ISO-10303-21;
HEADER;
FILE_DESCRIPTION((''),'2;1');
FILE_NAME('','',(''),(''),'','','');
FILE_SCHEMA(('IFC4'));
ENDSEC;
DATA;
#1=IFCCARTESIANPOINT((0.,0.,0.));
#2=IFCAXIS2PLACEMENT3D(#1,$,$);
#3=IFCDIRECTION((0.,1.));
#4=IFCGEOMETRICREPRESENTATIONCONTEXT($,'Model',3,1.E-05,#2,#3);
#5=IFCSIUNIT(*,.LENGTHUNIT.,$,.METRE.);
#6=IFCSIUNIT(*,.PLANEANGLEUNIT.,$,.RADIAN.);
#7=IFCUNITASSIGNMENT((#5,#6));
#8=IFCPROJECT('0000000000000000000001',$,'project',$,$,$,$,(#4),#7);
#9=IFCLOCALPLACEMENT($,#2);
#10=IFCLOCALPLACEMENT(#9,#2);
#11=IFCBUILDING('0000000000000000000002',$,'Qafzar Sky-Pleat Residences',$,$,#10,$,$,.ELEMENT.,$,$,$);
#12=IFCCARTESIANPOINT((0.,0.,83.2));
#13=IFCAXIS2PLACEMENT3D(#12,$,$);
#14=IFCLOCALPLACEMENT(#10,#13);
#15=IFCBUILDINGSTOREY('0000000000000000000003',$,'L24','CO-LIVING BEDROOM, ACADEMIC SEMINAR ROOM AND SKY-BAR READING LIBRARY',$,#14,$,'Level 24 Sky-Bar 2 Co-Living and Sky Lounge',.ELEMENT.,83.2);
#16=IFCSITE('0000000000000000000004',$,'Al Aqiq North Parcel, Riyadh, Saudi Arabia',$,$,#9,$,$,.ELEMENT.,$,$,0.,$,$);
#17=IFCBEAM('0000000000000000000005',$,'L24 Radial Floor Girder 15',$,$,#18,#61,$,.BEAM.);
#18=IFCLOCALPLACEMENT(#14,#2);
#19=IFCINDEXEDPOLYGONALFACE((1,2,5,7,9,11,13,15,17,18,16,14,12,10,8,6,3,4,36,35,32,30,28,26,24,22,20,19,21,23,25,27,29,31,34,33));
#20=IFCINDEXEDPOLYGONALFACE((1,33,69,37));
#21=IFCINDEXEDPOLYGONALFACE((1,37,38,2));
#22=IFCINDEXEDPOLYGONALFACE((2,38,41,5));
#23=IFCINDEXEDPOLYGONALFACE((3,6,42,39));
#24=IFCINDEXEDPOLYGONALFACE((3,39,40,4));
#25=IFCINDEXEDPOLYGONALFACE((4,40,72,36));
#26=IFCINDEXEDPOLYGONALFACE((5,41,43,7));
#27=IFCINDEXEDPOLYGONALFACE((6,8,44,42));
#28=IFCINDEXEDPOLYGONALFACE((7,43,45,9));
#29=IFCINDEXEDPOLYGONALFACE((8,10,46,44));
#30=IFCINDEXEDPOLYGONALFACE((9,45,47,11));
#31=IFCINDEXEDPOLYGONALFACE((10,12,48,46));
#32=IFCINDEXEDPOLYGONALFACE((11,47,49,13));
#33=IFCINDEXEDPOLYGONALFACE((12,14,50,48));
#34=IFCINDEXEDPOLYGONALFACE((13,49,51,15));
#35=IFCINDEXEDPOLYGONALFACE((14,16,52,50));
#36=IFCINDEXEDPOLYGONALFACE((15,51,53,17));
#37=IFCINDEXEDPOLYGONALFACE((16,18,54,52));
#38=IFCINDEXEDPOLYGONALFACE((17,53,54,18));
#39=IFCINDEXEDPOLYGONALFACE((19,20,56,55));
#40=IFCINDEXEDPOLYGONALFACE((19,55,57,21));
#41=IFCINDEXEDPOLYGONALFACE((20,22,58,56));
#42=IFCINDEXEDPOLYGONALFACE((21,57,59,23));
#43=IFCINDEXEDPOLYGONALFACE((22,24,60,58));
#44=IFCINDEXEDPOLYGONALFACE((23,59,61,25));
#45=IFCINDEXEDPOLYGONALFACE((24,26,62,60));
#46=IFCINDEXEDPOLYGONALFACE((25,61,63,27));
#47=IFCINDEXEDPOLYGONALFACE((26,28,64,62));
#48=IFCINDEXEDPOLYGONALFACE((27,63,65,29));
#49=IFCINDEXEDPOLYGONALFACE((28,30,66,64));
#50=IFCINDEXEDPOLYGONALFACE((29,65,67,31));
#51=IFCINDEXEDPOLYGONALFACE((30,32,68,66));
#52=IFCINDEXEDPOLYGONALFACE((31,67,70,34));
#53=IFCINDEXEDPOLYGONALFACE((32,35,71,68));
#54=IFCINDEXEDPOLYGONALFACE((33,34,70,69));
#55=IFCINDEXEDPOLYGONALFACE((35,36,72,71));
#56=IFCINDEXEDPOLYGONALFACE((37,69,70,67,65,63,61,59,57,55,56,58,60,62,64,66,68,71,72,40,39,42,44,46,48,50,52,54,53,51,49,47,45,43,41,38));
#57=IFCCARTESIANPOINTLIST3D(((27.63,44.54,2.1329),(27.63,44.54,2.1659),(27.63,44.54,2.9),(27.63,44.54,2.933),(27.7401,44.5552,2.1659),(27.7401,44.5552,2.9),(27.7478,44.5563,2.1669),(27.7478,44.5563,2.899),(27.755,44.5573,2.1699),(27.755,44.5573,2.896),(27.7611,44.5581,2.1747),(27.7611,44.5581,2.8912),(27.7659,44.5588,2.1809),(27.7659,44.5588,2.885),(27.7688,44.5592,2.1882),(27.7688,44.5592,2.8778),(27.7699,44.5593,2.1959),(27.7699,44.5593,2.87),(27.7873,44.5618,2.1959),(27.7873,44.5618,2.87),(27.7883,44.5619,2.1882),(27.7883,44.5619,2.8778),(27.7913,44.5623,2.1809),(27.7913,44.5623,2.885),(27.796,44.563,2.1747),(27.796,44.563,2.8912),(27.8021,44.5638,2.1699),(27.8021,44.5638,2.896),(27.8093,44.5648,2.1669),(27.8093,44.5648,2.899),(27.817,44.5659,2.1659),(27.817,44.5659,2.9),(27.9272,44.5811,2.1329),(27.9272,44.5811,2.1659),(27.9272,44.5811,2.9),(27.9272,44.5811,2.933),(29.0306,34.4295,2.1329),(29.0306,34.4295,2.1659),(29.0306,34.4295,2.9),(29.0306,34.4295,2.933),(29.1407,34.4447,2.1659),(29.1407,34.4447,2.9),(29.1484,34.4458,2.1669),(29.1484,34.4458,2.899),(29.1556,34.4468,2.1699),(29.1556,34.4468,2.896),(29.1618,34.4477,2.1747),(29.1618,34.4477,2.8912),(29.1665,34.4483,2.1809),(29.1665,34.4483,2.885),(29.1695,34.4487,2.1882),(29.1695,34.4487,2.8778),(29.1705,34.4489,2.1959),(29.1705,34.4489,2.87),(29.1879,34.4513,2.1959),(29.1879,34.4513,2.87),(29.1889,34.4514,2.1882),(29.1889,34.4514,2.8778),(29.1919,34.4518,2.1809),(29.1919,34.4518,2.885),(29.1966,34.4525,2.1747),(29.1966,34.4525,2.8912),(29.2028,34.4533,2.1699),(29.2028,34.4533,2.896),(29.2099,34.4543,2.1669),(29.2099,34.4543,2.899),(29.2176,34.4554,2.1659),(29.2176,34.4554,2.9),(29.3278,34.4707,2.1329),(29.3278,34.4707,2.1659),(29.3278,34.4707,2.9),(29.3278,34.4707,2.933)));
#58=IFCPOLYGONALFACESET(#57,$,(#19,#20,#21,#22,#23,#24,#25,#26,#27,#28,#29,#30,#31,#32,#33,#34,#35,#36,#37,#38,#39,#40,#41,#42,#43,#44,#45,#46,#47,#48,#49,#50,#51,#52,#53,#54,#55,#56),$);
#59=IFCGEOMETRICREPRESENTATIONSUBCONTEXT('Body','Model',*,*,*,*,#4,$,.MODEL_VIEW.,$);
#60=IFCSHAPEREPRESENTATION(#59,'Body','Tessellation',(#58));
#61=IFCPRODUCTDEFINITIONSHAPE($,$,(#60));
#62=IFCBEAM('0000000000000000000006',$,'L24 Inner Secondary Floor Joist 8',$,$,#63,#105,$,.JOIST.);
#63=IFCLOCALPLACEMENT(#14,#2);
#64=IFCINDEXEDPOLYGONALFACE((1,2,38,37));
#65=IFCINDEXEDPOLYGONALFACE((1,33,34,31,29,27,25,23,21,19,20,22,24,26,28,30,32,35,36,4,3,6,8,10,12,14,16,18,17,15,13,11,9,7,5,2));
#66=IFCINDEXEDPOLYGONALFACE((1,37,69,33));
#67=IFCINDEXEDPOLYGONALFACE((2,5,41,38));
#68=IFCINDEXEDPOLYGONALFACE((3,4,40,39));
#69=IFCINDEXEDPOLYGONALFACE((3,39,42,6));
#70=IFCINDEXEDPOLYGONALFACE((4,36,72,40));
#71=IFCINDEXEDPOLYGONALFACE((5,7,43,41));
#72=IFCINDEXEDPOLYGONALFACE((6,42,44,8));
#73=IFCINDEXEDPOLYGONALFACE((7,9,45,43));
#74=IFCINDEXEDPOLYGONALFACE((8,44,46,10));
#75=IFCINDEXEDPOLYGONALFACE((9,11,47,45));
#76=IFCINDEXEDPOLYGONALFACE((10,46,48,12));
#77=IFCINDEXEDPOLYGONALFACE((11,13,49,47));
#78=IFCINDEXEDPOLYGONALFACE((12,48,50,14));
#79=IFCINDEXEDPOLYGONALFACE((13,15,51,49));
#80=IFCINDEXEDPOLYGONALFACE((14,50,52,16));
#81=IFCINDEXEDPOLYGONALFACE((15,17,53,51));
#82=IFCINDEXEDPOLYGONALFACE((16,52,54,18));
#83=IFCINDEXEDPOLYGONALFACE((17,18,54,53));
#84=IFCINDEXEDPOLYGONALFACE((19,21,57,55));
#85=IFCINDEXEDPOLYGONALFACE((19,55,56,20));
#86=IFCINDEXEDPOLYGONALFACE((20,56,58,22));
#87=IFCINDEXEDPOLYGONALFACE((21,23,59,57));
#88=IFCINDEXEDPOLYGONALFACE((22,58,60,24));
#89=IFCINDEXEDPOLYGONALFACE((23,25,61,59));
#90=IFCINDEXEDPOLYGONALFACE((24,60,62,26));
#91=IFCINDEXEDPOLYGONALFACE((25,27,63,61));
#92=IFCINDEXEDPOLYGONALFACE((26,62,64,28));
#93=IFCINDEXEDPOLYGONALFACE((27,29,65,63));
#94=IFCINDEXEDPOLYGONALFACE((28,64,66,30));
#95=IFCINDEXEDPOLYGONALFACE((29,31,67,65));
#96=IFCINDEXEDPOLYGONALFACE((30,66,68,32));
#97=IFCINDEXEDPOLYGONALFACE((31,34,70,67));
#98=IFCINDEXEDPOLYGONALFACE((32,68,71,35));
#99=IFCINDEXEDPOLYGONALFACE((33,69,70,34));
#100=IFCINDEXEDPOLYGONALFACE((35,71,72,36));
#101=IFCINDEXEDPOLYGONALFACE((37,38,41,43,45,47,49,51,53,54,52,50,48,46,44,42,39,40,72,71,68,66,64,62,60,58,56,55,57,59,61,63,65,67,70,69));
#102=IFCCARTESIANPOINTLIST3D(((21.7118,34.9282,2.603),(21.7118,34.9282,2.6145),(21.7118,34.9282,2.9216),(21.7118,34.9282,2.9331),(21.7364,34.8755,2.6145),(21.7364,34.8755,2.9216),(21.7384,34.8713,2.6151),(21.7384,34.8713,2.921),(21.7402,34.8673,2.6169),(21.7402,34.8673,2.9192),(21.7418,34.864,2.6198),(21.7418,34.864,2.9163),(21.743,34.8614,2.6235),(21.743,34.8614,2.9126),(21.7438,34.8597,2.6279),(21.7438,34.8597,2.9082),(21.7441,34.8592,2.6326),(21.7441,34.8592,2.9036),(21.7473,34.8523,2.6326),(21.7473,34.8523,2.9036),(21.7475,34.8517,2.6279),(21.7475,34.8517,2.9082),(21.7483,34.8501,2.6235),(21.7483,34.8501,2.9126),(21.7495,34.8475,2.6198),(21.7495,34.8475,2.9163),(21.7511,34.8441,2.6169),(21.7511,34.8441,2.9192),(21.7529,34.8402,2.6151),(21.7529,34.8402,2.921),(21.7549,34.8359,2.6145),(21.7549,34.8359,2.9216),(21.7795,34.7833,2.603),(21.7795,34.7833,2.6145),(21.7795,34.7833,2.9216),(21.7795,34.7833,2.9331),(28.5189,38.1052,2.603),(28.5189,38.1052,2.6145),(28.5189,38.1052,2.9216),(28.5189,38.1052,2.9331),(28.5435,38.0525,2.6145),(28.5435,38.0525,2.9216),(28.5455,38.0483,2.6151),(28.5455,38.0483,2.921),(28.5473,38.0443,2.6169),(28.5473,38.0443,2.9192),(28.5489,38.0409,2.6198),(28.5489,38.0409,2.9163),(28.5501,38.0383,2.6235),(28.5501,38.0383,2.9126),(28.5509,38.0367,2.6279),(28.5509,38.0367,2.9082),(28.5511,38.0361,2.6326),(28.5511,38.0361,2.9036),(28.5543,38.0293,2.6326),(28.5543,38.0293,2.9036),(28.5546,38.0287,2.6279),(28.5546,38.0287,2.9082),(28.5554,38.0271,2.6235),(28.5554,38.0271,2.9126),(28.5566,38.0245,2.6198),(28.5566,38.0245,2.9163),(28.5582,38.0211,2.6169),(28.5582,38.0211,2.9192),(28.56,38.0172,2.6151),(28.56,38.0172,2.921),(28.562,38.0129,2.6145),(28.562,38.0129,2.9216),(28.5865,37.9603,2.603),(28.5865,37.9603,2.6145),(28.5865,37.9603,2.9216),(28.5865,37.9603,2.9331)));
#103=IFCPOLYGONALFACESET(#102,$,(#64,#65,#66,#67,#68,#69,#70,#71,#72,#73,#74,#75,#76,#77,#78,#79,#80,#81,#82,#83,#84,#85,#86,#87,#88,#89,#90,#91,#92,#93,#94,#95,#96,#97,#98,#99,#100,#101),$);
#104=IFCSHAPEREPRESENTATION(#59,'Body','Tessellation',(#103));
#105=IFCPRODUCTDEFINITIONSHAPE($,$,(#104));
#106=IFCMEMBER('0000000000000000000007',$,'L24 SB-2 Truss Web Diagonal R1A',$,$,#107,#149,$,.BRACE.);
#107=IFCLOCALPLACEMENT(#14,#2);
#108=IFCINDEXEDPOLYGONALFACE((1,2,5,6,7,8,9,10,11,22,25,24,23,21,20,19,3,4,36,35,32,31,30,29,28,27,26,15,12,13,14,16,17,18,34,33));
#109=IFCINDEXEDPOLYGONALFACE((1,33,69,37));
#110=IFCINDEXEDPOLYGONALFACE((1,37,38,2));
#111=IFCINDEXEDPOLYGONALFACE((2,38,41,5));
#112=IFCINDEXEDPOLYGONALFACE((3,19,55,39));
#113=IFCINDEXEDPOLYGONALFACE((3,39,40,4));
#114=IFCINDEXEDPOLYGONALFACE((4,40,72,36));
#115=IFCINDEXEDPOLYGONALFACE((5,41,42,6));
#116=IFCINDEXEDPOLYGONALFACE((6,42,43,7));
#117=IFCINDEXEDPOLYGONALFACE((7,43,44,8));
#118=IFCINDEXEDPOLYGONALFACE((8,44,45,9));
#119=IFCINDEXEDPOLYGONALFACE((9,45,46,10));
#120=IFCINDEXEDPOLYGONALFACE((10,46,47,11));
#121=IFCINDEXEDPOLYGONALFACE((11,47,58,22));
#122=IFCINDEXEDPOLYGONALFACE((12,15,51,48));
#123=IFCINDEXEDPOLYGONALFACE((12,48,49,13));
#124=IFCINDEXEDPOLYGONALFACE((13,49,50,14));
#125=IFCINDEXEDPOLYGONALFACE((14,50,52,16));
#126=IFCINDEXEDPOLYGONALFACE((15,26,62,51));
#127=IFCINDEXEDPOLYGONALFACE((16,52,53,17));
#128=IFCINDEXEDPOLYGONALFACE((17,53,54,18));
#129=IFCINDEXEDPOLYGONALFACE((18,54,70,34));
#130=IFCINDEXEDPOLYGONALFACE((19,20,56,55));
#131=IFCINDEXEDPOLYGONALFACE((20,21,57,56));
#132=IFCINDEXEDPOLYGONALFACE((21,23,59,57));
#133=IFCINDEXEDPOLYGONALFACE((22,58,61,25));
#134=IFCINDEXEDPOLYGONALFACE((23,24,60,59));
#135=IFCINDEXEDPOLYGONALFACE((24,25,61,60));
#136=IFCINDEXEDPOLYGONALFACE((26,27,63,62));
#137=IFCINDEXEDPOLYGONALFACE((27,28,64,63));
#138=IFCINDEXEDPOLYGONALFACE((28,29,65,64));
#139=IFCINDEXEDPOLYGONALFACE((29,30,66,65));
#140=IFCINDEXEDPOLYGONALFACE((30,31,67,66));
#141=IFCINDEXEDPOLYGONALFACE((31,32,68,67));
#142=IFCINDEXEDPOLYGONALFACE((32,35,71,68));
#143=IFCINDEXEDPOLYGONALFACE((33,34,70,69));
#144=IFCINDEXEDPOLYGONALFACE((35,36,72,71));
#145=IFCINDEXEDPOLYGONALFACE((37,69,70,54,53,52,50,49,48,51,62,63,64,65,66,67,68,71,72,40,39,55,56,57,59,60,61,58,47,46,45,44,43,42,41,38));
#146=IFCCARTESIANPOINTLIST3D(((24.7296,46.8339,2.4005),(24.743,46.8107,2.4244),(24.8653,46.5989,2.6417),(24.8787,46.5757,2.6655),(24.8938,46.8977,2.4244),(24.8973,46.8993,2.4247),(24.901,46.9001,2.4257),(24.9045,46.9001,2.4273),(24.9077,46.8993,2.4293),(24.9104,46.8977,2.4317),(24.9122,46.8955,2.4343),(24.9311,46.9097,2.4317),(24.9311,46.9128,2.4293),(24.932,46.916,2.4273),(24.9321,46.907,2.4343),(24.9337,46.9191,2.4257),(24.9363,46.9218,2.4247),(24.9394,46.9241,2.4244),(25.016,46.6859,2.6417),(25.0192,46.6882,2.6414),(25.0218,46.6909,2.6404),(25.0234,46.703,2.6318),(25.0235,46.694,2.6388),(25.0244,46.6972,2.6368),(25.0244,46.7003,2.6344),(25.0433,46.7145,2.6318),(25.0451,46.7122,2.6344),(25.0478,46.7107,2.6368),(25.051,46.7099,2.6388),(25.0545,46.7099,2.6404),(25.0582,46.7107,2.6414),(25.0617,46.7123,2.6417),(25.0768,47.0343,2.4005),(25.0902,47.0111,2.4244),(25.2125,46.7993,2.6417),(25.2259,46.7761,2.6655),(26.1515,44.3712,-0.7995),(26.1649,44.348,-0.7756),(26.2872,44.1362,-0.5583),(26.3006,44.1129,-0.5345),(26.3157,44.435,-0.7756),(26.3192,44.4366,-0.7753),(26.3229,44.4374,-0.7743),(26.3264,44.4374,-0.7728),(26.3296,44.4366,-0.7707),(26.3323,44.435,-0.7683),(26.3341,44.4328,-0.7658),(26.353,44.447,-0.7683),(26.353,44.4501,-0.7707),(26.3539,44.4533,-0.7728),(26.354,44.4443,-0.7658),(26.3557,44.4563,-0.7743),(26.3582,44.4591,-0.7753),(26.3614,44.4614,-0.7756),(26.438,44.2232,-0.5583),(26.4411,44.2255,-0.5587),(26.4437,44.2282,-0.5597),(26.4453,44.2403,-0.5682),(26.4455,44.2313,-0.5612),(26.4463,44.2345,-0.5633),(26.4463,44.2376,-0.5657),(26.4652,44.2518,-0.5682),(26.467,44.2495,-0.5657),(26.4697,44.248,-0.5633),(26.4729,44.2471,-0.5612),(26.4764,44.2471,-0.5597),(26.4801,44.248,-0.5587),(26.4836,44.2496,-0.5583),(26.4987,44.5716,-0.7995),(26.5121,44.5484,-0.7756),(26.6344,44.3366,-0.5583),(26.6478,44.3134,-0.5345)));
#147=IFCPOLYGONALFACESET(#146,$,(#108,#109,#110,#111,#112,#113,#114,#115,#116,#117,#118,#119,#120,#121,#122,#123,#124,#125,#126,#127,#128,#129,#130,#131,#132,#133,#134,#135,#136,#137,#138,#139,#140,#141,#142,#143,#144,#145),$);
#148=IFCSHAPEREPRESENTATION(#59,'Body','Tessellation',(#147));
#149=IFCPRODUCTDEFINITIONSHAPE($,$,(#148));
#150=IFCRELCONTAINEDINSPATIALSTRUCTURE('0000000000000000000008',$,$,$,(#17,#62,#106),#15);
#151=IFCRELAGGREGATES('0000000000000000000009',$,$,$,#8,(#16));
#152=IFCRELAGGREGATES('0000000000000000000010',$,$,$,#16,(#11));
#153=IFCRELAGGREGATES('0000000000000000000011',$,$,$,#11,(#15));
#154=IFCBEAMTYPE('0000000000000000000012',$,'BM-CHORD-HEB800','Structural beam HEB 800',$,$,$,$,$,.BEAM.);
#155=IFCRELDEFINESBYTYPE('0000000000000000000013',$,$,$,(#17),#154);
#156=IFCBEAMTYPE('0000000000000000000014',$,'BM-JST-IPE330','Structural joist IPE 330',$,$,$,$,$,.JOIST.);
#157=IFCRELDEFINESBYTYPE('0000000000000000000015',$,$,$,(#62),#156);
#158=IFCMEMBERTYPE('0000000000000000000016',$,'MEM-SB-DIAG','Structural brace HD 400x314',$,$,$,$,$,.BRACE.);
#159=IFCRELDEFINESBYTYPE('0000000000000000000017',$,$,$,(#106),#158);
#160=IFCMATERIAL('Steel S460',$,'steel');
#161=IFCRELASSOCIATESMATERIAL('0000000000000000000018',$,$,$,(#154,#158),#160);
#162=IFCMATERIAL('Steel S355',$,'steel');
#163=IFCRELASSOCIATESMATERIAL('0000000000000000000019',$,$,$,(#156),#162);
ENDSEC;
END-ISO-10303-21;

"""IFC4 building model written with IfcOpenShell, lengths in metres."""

from ifc_helpers import new_model, si_unit, direction, frame, origin, origin_2d, place, context, subcontext, project, spatial, i_section, extrude, source, transform, mapped, material, material_profile, profile_set, type_object, element, save


model = new_model("IFC4")

# Units and contexts
model_context = context("Model", 3, precision=1e-05, world=origin(), true_north=direction((0.0, 1.0)))
body_context = subcontext(model_context, "Body", "Model", "MODEL_VIEW")
ifc_project = project(units=[si_unit("LENGTHUNIT", "METRE"), si_unit("PLANEANGLEUNIT", "RADIAN")], contexts=[model_context])

# Site, building, storey
site_placement = place(None, origin())
site = spatial("IfcSite", under=ifc_project, at=site_placement, Name="Al Aqiq North Parcel, Riyadh, Saudi Arabia", CompositionType="ELEMENT", RefElevation=0.0)
building_placement = place(site_placement, origin())
building = spatial("IfcBuilding", under=site, at=building_placement, Name="Qafzar Sky-Pleat Residences", CompositionType="ELEMENT")
storey_placement = place(building_placement, frame((0.0, 0.0, 83.2)))
storey = spatial("IfcBuildingStorey", under=building, at=storey_placement, Name="L24", Description="CO-LIVING BEDROOM, ACADEMIC SEMINAR ROOM AND SKY-BAR READING LIBRARY", LongName="Level 24 Sky-Bar 2 Co-Living and Sky Lounge", CompositionType="ELEMENT", Elevation=83.2)

# Shared definitions
ifc_material_1 = material(Name="Steel S460", Category="steel")

# Beams
ifc_material_2 = material(Name="Steel S355", Category="steel")
ifc_material_profile_1 = material_profile(ifc_material_1, i_section(OverallWidth=0.3, OverallDepth=0.8, WebThickness=0.0176, FlangeThickness=0.033, FilletRadius=0.03, at=origin_2d()), Name="HEB 800")
ifc_profile_set_1 = profile_set([ifc_material_profile_1], Name="Steel S460")
beam_type_1 = type_object("IfcBeamType", Name="BM-CHORD-HEB800", Description="Structural beam HEB 800", PredefinedType="BEAM", material=ifc_profile_set_1)
shared_shape_1 = source(origin(), body_context, "Body", "SweptSolid", [
    extrude(i_section(OverallWidth=0.3, OverallDepth=0.8, WebThickness=0.0176, FlangeThickness=0.033, FilletRadius=0.03, at=origin_2d()), origin(), (0.0, 0.0, 1.0), 10.207),
])
beam_1_placement = place(storey_placement, frame((27.7786, 44.5605, 2.533), z_axis=(0.137221, -0.99054, 0.0), x_axis=(0.99054, 0.137221, 0.0)))
element("IfcBeam", 1, at=beam_1_placement, inside=storey, type_object=beam_type_1, Name="L24 Radial Floor Girder 15", PredefinedType="BEAM", context=body_context, shape_type="MappedRepresentation", body=[
    mapped(shared_shape_1, transform((0.0, 0.0, 0.0), x_axis=(1.0, 0.0, 0.0), y_axis=(0.0, 1.0, 0.0), z_axis=(0.0, 0.0, 1.0), scale=1.0)),
])
ifc_material_profile_2 = material_profile(ifc_material_2, i_section(OverallWidth=0.1599, OverallDepth=0.3301, WebThickness=0.0076, FlangeThickness=0.0115, FilletRadius=0.0181, at=origin_2d()), Name="IPE 330")
ifc_profile_set_2 = profile_set([ifc_material_profile_2], Name="Steel S355")
beam_type_2 = type_object("IfcBeamType", Name="BM-JST-IPE330", Description="Structural joist IPE 330", PredefinedType="JOIST", material=ifc_profile_set_2)
shared_shape_2 = source(origin(), body_context, "Body", "SweptSolid", [
    extrude(i_section(OverallWidth=0.1599, OverallDepth=0.3301, WebThickness=0.0076, FlangeThickness=0.0115, FilletRadius=0.0181, at=origin_2d()), origin(), (0.0, 0.0, 1.0), 7.512),
])
beam_2_placement = place(storey_placement, frame((28.5527, 38.0327, 2.7681), z_axis=(-0.906166, -0.422923, 0.0), x_axis=(0.422923, -0.906166, 0.0)))
element("IfcBeam", 2, at=beam_2_placement, inside=storey, type_object=beam_type_2, Name="L24 Inner Secondary Floor Joist 8", PredefinedType="JOIST", context=body_context, shape_type="MappedRepresentation", body=[
    mapped(shared_shape_2, transform((0.0, 0.0, 0.0), x_axis=(1.0, 0.0, 0.0), y_axis=(0.0, 1.0, 0.0), z_axis=(0.0, 0.0, 1.0), scale=1.0)),
])

# Member
ifc_material_profile_3 = material_profile(ifc_material_1, i_section(OverallWidth=0.4009, OverallDepth=0.3989, WebThickness=0.0229, FlangeThickness=0.0359, FilletRadius=0.0149, at=origin_2d()), Name="HD 400x314")
ifc_profile_set_3 = profile_set([ifc_material_profile_3], Name="Steel S460")
member_type = type_object("IfcMemberType", Name="MEM-SB-DIAG", Description="Structural brace HD 400x314", PredefinedType="BRACE", material=ifc_profile_set_3)
shared_shape_3 = source(origin(), body_context, "Body", "SweptSolid", [
    extrude(i_section(OverallWidth=0.4009, OverallDepth=0.3989, WebThickness=0.0229, FlangeThickness=0.0359, FilletRadius=0.0149, at=origin_2d()), origin(), (0.0, 0.0, 1.0), 4.281),
])
for number, where, z_axis, x_axis, name in (
    (3, (26.3997, 44.3423, -0.667), (-0.332144, 0.575265, 0.747496), (-0.866015, -0.500017, 0.0), "L24 SB-2 Truss Web Diagonal R1A"),
):
    element("IfcMember", number, at=place(storey_placement, frame(where, z_axis=z_axis, x_axis=x_axis)), inside=storey, type_object=member_type, Name=name, PredefinedType="BRACE", context=body_context, shape_type="MappedRepresentation", body=[
        mapped(shared_shape_3, transform((0.0, 0.0, 0.0), x_axis=(1.0, 0.0, 0.0), y_axis=(0.0, 1.0, 0.0), z_axis=(0.0, 0.0, 1.0), scale=1.0)),
    ])

save(model, "model.ifc")
